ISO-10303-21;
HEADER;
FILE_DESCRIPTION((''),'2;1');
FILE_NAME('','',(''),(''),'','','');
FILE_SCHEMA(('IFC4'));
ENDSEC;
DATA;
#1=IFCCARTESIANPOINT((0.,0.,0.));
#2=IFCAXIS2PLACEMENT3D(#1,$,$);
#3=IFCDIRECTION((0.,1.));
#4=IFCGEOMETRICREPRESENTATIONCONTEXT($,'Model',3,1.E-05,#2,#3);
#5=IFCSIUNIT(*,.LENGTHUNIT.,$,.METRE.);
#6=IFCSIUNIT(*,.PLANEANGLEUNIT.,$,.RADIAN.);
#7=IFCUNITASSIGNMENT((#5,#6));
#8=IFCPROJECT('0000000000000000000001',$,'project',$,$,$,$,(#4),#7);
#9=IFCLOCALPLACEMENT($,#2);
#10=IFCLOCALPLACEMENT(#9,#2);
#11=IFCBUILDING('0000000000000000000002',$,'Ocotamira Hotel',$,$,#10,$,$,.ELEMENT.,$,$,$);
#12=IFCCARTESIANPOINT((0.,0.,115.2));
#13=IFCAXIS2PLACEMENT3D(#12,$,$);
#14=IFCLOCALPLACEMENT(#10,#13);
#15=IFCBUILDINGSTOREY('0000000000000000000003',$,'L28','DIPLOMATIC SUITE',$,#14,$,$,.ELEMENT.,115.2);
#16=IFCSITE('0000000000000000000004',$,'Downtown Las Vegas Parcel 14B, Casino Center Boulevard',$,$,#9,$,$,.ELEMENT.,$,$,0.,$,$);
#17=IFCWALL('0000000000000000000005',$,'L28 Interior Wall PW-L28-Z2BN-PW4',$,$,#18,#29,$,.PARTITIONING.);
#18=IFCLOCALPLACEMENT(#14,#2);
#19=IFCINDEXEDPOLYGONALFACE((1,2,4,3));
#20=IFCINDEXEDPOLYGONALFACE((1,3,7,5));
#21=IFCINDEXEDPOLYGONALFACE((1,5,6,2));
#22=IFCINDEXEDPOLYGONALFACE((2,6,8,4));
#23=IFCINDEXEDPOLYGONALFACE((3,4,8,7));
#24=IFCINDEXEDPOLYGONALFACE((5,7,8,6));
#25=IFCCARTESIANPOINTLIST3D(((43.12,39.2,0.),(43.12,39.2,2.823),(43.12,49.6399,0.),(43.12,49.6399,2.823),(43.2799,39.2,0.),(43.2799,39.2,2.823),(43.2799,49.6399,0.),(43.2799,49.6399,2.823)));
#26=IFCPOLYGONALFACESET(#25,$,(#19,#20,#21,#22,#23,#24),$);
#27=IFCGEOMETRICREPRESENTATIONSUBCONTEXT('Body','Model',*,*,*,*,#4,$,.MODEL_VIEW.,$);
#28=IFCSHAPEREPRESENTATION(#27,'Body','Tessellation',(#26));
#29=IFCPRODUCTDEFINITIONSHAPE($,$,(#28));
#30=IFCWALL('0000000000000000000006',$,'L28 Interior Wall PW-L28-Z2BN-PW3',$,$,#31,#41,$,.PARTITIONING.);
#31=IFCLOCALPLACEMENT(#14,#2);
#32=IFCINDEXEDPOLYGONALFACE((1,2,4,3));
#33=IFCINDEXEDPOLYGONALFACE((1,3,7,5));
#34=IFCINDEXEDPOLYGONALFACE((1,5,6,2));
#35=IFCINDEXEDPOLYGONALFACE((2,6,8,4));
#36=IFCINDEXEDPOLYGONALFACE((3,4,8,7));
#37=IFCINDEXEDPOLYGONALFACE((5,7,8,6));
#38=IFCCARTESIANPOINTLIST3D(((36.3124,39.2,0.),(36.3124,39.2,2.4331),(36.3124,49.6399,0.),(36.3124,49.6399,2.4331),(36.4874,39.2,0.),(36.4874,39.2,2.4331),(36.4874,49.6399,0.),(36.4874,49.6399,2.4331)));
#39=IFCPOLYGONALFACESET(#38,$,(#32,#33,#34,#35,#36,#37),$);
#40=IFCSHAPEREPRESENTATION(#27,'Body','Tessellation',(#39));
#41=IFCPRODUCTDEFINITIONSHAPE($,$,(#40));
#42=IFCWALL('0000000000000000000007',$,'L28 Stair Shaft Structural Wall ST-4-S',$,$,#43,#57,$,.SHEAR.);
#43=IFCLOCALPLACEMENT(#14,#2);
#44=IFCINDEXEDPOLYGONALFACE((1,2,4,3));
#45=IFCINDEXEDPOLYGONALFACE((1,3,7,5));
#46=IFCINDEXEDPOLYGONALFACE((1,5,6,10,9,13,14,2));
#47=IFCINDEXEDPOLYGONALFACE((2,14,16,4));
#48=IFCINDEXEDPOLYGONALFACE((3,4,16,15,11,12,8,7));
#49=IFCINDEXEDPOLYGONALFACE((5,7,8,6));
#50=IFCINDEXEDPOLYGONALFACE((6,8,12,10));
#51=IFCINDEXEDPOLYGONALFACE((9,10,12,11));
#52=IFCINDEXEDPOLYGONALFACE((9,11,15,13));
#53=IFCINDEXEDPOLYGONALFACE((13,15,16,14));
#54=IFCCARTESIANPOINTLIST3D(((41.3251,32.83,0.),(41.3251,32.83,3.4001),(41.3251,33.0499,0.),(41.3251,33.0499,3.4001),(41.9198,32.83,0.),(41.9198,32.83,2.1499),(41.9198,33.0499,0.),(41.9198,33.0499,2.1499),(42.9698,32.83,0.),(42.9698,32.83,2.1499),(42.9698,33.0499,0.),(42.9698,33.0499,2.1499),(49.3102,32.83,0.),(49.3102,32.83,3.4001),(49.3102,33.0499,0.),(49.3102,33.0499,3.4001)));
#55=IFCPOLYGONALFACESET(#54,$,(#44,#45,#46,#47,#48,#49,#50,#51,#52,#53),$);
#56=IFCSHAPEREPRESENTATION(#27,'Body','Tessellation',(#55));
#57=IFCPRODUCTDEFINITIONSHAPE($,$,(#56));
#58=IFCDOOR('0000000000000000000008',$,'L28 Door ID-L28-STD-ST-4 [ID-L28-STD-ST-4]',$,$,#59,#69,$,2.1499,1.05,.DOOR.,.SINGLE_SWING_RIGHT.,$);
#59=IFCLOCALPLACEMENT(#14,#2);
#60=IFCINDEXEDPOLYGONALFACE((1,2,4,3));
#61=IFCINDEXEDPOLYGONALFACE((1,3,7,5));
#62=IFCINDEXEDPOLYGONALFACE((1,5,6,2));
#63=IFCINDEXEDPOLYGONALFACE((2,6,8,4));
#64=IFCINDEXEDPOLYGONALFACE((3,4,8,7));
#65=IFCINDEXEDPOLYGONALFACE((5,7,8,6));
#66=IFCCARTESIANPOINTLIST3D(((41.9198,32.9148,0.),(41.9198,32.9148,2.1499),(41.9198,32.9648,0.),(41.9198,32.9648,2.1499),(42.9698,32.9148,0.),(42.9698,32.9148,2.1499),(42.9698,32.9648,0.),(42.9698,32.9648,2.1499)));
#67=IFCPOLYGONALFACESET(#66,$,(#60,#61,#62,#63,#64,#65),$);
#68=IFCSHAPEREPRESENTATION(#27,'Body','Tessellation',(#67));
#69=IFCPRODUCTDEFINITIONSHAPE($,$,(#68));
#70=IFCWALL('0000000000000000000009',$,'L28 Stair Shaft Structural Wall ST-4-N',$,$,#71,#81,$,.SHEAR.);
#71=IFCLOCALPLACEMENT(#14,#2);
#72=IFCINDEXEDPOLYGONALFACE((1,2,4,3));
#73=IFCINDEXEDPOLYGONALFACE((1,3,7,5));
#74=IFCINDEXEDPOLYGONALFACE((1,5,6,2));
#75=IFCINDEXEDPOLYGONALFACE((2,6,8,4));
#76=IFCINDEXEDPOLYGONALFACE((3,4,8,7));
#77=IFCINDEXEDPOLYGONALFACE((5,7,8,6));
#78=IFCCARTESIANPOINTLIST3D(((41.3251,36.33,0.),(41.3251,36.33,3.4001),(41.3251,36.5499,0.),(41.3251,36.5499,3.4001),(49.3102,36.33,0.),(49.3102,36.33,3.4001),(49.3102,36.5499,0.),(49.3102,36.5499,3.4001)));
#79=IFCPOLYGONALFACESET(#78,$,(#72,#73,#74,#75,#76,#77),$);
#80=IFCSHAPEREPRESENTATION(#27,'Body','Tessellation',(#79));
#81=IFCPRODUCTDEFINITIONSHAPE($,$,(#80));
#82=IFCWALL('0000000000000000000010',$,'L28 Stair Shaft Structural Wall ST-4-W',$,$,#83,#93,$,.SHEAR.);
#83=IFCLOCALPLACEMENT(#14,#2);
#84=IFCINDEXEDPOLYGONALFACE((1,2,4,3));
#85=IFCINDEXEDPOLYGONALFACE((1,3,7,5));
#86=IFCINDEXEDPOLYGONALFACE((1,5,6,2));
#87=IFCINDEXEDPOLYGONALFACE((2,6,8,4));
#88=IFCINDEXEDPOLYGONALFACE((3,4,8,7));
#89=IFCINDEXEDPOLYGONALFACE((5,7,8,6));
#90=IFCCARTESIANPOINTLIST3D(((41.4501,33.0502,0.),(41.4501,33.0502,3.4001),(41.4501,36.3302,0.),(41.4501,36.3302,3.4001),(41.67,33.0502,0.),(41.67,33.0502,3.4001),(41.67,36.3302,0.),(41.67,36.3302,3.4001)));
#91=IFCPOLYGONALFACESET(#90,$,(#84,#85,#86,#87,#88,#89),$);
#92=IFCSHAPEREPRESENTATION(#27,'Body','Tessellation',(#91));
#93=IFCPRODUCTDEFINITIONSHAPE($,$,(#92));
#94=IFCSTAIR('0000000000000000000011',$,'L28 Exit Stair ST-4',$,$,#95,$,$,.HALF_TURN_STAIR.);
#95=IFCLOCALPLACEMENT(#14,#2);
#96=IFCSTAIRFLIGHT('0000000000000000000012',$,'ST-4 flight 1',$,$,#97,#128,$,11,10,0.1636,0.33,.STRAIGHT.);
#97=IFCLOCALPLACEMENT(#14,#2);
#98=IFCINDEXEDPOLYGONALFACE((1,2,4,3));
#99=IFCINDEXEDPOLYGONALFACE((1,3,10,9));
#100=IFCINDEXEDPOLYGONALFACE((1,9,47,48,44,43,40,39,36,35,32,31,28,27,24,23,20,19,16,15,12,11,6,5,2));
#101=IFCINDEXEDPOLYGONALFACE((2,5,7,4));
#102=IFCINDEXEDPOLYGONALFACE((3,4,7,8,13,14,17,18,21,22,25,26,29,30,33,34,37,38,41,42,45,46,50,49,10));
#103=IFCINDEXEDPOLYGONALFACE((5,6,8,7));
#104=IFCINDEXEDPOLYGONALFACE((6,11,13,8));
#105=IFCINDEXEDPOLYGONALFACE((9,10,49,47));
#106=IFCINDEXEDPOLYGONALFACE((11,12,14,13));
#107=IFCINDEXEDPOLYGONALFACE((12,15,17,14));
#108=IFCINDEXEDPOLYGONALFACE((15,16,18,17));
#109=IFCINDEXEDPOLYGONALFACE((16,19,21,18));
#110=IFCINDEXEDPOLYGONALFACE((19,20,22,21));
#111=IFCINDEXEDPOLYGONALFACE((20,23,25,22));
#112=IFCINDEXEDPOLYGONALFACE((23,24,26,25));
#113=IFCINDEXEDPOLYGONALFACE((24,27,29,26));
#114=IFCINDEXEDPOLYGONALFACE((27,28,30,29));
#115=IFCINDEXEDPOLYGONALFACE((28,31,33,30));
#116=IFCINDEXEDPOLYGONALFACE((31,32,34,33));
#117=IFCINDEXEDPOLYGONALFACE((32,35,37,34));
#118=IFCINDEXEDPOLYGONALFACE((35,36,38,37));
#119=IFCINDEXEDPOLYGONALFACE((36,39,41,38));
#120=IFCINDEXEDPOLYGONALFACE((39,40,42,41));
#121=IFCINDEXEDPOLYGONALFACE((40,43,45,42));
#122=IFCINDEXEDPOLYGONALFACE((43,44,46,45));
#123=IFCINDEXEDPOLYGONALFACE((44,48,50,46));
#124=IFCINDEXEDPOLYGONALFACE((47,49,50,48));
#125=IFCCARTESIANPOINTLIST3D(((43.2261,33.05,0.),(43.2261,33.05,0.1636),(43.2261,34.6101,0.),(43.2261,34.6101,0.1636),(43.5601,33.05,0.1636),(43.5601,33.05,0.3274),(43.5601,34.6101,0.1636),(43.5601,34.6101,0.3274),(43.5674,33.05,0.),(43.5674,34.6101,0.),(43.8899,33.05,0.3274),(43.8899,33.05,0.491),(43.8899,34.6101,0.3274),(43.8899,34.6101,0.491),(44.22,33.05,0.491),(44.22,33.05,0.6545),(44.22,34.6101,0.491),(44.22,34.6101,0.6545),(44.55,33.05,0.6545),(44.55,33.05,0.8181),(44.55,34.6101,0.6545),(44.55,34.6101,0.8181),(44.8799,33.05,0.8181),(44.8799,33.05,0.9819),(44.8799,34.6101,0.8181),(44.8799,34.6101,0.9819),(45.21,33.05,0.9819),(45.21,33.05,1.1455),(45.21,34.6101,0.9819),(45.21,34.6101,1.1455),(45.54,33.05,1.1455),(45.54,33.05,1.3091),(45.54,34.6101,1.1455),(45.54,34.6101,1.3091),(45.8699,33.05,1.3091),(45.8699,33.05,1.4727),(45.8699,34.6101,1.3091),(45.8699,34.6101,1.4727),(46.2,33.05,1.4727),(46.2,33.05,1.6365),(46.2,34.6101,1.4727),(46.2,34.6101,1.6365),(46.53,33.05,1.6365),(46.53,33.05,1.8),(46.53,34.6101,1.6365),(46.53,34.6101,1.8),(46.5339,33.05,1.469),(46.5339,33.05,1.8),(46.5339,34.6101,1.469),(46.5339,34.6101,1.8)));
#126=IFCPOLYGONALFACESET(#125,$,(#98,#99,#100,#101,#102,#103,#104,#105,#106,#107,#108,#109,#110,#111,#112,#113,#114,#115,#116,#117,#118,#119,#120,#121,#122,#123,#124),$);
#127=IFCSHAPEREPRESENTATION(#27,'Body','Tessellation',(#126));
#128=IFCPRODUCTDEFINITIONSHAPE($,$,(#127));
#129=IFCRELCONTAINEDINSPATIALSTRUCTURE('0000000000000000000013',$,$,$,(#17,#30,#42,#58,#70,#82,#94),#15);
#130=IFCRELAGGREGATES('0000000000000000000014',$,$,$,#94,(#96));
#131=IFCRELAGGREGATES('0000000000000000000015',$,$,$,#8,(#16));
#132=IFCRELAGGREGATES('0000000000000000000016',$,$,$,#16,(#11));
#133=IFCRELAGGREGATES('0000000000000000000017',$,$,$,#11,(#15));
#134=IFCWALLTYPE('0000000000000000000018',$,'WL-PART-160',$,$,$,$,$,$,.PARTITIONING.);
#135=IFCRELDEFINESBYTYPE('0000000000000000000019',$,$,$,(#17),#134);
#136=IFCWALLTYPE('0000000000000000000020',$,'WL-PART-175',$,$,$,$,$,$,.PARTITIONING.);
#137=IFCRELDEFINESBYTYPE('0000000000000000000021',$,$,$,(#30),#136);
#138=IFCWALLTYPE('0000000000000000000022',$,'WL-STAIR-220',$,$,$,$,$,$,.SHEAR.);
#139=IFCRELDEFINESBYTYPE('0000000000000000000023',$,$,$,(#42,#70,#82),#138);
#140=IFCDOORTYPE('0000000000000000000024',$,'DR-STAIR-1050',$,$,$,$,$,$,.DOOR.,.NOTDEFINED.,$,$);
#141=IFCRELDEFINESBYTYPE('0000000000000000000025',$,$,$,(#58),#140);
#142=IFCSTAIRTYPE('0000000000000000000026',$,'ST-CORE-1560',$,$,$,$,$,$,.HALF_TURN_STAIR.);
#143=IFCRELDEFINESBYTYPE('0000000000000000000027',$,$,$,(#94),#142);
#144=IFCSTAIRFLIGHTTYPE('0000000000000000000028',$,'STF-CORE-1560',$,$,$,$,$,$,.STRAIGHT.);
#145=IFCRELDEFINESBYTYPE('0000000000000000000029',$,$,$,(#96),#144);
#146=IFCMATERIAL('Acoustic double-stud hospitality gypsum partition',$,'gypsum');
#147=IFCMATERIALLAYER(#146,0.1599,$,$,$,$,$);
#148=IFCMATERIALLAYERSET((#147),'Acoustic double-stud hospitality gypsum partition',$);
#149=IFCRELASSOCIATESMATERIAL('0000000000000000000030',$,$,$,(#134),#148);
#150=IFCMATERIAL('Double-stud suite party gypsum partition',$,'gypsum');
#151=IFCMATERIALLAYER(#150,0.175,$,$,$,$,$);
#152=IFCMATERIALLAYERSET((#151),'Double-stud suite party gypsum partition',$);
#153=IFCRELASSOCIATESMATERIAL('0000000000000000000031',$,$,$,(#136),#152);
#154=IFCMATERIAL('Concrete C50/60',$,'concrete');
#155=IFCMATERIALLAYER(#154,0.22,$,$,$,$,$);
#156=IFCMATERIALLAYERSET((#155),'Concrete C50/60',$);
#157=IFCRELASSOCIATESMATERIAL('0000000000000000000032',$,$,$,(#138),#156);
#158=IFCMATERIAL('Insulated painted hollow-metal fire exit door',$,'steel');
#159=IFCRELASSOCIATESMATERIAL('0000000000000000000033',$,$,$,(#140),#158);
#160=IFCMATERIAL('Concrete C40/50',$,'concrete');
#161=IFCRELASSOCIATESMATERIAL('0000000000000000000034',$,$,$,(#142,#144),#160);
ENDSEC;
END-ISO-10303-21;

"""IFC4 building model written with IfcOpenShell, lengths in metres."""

from ifc_helpers import new_model, si_unit, direction, frame, frame_2d, origin, place, context, subcontext, project, spatial, polyline, rectangle, outline, extrude, source, transform, mapped, material, layer, layer_set, type_object, element, fill, aggregate, save


model = new_model("IFC4")

# Units and contexts
model_context = context("Model", 3, precision=1e-05, world=origin(), true_north=direction((0.0, 1.0)))
body_context = subcontext(model_context, "Body", "Model", "MODEL_VIEW")
ifc_project = project(units=[si_unit("LENGTHUNIT", "METRE"), si_unit("PLANEANGLEUNIT", "RADIAN")], contexts=[model_context])

# Site, building, storey
site_placement = place(None, origin())
site = spatial("IfcSite", under=ifc_project, at=site_placement, Name="Downtown Las Vegas Parcel 14B, Casino Center Boulevard", CompositionType="ELEMENT", RefElevation=0.0)
building_placement = place(site_placement, origin())
building = spatial("IfcBuilding", under=site, at=building_placement, Name="Ocotamira Hotel", CompositionType="ELEMENT")
storey_placement = place(building_placement, frame((0.0, 0.0, 115.2)))
storey = spatial("IfcBuildingStorey", under=building, at=storey_placement, Name="L28", Description="DIPLOMATIC SUITE", CompositionType="ELEMENT", Elevation=115.2)

# Walls
ifc_material_1 = material(Name="Acoustic double-stud hospitality gypsum partition", Category="gypsum")
ifc_layer_1 = layer(ifc_material_1, 0.1599)
ifc_layer_set_1 = layer_set([ifc_layer_1], Name="Acoustic double-stud hospitality gypsum partition")
wall_type_1 = type_object("IfcWallType", Name="WL-PART-160", PredefinedType="PARTITIONING", material=ifc_layer_set_1)
wall_1_placement = place(storey_placement, frame((43.2, 39.2, 0.0), z_axis=(0.0, 0.0, 1.0), x_axis=(0.0, 1.0, 0.0)))
element("IfcWall", 1, at=wall_1_placement, inside=storey, type_object=wall_type_1, Name="L28 Interior Wall PW-L28-Z2BN-PW4", PredefinedType="PARTITIONING", context=body_context, shape_type="SweptSolid", body=[
    extrude(rectangle(XDim=10.4399, YDim=0.1599, at=frame_2d((5.22, 0.0))), origin(), (0.0, 0.0, 1.0), 2.823),
])
ifc_material_2 = material(Name="Double-stud suite party gypsum partition", Category="gypsum")
ifc_layer_2 = layer(ifc_material_2, 0.175)
ifc_layer_set_2 = layer_set([ifc_layer_2], Name="Double-stud suite party gypsum partition")
wall_type_2 = type_object("IfcWallType", Name="WL-PART-175", PredefinedType="PARTITIONING", material=ifc_layer_set_2)
wall_2_placement = place(storey_placement, frame((36.3999, 39.2, 0.0), z_axis=(0.0, 0.0, 1.0), x_axis=(0.0, 1.0, 0.0)))
element("IfcWall", 2, at=wall_2_placement, inside=storey, type_object=wall_type_2, Name="L28 Interior Wall PW-L28-Z2BN-PW3", PredefinedType="PARTITIONING", context=body_context, shape_type="SweptSolid", body=[
    extrude(rectangle(XDim=10.4399, YDim=0.175, at=frame_2d((5.22, 0.0))), origin(), (0.0, 0.0, 1.0), 2.4331),
])

# Wall, opening, door
ifc_material_3 = material(Name="Concrete C50/60", Category="concrete")
ifc_layer_3 = layer(ifc_material_3, 0.22)
ifc_layer_set_3 = layer_set([ifc_layer_3], Name="Concrete C50/60")
wall_type_3 = type_object("IfcWallType", Name="WL-STAIR-220", PredefinedType="SHEAR", material=ifc_layer_set_3)
wall_3_placement = place(storey_placement, frame((41.325, 32.9399, 0.0), z_axis=(0.0, 0.0, 1.0), x_axis=(1.0, 0.0, 0.0)))
wall_3 = element("IfcWall", 3, at=wall_3_placement, inside=storey, type_object=wall_type_3, Name="L28 Stair Shaft Structural Wall ST-4-S", PredefinedType="SHEAR", context=body_context, shape_type="SweptSolid", body=[
    extrude(rectangle(XDim=7.9851, YDim=0.22, at=frame_2d((3.9927, 0.0))), origin(), (0.0, 0.0, 1.0), 3.4001),
])
opening_1_placement = place(wall_3_placement, frame((0.595, 0.0, 0.0)))
opening_1 = element("IfcOpeningElement", 4, at=opening_1_placement, cuts=wall_3, PredefinedType="OPENING", context=body_context, shape_type="SweptSolid", body=[
    extrude(rectangle(XDim=1.05, YDim=2.1499, at=frame_2d((0.5249, 1.075))), frame((0.0, 0.1201, 0.0), z_axis=(0.0, -1.0, 0.0), x_axis=(1.0, 0.0, 0.0)), (0.0, 0.0, 1.0), 0.24),
])
ifc_material_4 = material(Name="Insulated painted hollow-metal fire exit door", Category="steel")
door_type_1 = type_object("IfcDoorType", Name="DR-STAIR-1050", OperationType="NOTDEFINED", PredefinedType="DOOR", material=ifc_material_4)
shared_shape_1 = source(origin(), body_context, "Body", "SweptSolid", [
    extrude(rectangle(XDim=1.05, YDim=2.1499, at=frame_2d((0.5249, 1.075))), frame((0.0, 0.0249, 0.0), z_axis=(0.0, -1.0, 0.0), x_axis=(1.0, 0.0, 0.0)), (0.0, 0.0, 1.0), 0.05),
])
door_1_placement = place(opening_1_placement, origin())
door_1 = element("IfcDoor", 5, at=door_1_placement, inside=storey, type_object=door_type_1, Name="L28 Door ID-L28-STD-ST-4 [ID-L28-STD-ST-4]", OperationType="SINGLE_SWING_RIGHT", OverallHeight=2.1499, OverallWidth=1.05, PredefinedType="DOOR", context=body_context, shape_type="MappedRepresentation", body=[
    mapped(shared_shape_1, transform((0.0, 0.0, 0.0), scale=1.0)),
])
fill(opening_1, door_1)

# Walls
wall_4_placement = place(storey_placement, frame((41.325, 36.4399, 0.0), z_axis=(0.0, 0.0, 1.0), x_axis=(1.0, 0.0, 0.0)))
element("IfcWall", 6, at=wall_4_placement, inside=storey, type_object=wall_type_3, Name="L28 Stair Shaft Structural Wall ST-4-N", PredefinedType="SHEAR", context=body_context, shape_type="SweptSolid", body=[
    extrude(rectangle(XDim=7.9851, YDim=0.22, at=frame_2d((3.9927, 0.0))), origin(), (0.0, 0.0, 1.0), 3.4001),
])
wall_5_placement = place(storey_placement, frame((41.5601, 33.05, 0.0), z_axis=(0.0, 0.0, 1.0), x_axis=(0.0, 1.0, 0.0)))
element("IfcWall", 7, at=wall_5_placement, inside=storey, type_object=wall_type_3, Name="L28 Stair Shaft Structural Wall ST-4-W", PredefinedType="SHEAR", context=body_context, shape_type="SweptSolid", body=[
    extrude(rectangle(XDim=3.28, YDim=0.22, at=frame_2d((1.6401, 0.0))), origin(), (0.0, 0.0, 1.0), 3.4001),
])

# Stair, stair flight
ifc_material_5 = material(Name="Concrete C40/50", Category="concrete")
stair_type = type_object("IfcStairType", Name="ST-CORE-1560", PredefinedType="HALF_TURN_STAIR", material=ifc_material_5)
stair_placement = place(storey_placement, origin())
stair = element("IfcStair", 8, at=stair_placement, inside=storey, type_object=stair_type, Name="L28 Exit Stair ST-4", PredefinedType="HALF_TURN_STAIR")
stair_flight_type = type_object("IfcStairFlightType", Name="STF-CORE-1560", PredefinedType="STRAIGHT", material=ifc_material_5)
shared_shape_2 = source(origin(), body_context, "Body", "SweptSolid", [
    extrude(outline(polyline([(-0.0039, 0.0), (-0.0039, 0.1636), (0.3301, 0.1636), (0.3301, 0.3274), (0.6599, 0.3274), (0.6599, 0.491), (0.99, 0.491), (0.99, 0.6545), (1.3201, 0.6545), (1.3201, 0.8181), (1.6499, 0.8181), (1.6499, 0.9819), (1.98, 0.9819), (1.98, 1.1455), (2.3101, 1.1455), (2.3101, 1.3091), (2.6399, 1.3091), (2.6399, 1.4727), (2.97, 1.4727), (2.97, 1.6365), (3.3, 1.6365), (3.3, 1.8), (3.304, 1.8), (3.304, 1.469), (0.3374, 0.0), (-0.0039, 0.0)])), frame((0.0, 0.78, 0.0), z_axis=(0.0, -1.0, 0.0), x_axis=(1.0, 0.0, 0.0)), (0.0, 0.0, 1.0), 1.5601),
])
stair_flight_placement = place(storey_placement, frame((43.23, 33.8301, 0.0), z_axis=(0.0, 0.0, 1.0), x_axis=(1.0, 0.0, 0.0)))
stair_flight = element("IfcStairFlight", 9, at=stair_flight_placement, type_object=stair_flight_type, Name="ST-4 flight 1", NumberOfRisers=11, NumberOfTreads=10, PredefinedType="STRAIGHT", RiserHeight=0.1636, TreadLength=0.33, context=body_context, shape_type="MappedRepresentation", body=[
    mapped(shared_shape_2, transform((0.0, 0.0, 0.0), scale=1.0)),
])
aggregate(stair, [stair_flight])

save(model, "model.ifc")
